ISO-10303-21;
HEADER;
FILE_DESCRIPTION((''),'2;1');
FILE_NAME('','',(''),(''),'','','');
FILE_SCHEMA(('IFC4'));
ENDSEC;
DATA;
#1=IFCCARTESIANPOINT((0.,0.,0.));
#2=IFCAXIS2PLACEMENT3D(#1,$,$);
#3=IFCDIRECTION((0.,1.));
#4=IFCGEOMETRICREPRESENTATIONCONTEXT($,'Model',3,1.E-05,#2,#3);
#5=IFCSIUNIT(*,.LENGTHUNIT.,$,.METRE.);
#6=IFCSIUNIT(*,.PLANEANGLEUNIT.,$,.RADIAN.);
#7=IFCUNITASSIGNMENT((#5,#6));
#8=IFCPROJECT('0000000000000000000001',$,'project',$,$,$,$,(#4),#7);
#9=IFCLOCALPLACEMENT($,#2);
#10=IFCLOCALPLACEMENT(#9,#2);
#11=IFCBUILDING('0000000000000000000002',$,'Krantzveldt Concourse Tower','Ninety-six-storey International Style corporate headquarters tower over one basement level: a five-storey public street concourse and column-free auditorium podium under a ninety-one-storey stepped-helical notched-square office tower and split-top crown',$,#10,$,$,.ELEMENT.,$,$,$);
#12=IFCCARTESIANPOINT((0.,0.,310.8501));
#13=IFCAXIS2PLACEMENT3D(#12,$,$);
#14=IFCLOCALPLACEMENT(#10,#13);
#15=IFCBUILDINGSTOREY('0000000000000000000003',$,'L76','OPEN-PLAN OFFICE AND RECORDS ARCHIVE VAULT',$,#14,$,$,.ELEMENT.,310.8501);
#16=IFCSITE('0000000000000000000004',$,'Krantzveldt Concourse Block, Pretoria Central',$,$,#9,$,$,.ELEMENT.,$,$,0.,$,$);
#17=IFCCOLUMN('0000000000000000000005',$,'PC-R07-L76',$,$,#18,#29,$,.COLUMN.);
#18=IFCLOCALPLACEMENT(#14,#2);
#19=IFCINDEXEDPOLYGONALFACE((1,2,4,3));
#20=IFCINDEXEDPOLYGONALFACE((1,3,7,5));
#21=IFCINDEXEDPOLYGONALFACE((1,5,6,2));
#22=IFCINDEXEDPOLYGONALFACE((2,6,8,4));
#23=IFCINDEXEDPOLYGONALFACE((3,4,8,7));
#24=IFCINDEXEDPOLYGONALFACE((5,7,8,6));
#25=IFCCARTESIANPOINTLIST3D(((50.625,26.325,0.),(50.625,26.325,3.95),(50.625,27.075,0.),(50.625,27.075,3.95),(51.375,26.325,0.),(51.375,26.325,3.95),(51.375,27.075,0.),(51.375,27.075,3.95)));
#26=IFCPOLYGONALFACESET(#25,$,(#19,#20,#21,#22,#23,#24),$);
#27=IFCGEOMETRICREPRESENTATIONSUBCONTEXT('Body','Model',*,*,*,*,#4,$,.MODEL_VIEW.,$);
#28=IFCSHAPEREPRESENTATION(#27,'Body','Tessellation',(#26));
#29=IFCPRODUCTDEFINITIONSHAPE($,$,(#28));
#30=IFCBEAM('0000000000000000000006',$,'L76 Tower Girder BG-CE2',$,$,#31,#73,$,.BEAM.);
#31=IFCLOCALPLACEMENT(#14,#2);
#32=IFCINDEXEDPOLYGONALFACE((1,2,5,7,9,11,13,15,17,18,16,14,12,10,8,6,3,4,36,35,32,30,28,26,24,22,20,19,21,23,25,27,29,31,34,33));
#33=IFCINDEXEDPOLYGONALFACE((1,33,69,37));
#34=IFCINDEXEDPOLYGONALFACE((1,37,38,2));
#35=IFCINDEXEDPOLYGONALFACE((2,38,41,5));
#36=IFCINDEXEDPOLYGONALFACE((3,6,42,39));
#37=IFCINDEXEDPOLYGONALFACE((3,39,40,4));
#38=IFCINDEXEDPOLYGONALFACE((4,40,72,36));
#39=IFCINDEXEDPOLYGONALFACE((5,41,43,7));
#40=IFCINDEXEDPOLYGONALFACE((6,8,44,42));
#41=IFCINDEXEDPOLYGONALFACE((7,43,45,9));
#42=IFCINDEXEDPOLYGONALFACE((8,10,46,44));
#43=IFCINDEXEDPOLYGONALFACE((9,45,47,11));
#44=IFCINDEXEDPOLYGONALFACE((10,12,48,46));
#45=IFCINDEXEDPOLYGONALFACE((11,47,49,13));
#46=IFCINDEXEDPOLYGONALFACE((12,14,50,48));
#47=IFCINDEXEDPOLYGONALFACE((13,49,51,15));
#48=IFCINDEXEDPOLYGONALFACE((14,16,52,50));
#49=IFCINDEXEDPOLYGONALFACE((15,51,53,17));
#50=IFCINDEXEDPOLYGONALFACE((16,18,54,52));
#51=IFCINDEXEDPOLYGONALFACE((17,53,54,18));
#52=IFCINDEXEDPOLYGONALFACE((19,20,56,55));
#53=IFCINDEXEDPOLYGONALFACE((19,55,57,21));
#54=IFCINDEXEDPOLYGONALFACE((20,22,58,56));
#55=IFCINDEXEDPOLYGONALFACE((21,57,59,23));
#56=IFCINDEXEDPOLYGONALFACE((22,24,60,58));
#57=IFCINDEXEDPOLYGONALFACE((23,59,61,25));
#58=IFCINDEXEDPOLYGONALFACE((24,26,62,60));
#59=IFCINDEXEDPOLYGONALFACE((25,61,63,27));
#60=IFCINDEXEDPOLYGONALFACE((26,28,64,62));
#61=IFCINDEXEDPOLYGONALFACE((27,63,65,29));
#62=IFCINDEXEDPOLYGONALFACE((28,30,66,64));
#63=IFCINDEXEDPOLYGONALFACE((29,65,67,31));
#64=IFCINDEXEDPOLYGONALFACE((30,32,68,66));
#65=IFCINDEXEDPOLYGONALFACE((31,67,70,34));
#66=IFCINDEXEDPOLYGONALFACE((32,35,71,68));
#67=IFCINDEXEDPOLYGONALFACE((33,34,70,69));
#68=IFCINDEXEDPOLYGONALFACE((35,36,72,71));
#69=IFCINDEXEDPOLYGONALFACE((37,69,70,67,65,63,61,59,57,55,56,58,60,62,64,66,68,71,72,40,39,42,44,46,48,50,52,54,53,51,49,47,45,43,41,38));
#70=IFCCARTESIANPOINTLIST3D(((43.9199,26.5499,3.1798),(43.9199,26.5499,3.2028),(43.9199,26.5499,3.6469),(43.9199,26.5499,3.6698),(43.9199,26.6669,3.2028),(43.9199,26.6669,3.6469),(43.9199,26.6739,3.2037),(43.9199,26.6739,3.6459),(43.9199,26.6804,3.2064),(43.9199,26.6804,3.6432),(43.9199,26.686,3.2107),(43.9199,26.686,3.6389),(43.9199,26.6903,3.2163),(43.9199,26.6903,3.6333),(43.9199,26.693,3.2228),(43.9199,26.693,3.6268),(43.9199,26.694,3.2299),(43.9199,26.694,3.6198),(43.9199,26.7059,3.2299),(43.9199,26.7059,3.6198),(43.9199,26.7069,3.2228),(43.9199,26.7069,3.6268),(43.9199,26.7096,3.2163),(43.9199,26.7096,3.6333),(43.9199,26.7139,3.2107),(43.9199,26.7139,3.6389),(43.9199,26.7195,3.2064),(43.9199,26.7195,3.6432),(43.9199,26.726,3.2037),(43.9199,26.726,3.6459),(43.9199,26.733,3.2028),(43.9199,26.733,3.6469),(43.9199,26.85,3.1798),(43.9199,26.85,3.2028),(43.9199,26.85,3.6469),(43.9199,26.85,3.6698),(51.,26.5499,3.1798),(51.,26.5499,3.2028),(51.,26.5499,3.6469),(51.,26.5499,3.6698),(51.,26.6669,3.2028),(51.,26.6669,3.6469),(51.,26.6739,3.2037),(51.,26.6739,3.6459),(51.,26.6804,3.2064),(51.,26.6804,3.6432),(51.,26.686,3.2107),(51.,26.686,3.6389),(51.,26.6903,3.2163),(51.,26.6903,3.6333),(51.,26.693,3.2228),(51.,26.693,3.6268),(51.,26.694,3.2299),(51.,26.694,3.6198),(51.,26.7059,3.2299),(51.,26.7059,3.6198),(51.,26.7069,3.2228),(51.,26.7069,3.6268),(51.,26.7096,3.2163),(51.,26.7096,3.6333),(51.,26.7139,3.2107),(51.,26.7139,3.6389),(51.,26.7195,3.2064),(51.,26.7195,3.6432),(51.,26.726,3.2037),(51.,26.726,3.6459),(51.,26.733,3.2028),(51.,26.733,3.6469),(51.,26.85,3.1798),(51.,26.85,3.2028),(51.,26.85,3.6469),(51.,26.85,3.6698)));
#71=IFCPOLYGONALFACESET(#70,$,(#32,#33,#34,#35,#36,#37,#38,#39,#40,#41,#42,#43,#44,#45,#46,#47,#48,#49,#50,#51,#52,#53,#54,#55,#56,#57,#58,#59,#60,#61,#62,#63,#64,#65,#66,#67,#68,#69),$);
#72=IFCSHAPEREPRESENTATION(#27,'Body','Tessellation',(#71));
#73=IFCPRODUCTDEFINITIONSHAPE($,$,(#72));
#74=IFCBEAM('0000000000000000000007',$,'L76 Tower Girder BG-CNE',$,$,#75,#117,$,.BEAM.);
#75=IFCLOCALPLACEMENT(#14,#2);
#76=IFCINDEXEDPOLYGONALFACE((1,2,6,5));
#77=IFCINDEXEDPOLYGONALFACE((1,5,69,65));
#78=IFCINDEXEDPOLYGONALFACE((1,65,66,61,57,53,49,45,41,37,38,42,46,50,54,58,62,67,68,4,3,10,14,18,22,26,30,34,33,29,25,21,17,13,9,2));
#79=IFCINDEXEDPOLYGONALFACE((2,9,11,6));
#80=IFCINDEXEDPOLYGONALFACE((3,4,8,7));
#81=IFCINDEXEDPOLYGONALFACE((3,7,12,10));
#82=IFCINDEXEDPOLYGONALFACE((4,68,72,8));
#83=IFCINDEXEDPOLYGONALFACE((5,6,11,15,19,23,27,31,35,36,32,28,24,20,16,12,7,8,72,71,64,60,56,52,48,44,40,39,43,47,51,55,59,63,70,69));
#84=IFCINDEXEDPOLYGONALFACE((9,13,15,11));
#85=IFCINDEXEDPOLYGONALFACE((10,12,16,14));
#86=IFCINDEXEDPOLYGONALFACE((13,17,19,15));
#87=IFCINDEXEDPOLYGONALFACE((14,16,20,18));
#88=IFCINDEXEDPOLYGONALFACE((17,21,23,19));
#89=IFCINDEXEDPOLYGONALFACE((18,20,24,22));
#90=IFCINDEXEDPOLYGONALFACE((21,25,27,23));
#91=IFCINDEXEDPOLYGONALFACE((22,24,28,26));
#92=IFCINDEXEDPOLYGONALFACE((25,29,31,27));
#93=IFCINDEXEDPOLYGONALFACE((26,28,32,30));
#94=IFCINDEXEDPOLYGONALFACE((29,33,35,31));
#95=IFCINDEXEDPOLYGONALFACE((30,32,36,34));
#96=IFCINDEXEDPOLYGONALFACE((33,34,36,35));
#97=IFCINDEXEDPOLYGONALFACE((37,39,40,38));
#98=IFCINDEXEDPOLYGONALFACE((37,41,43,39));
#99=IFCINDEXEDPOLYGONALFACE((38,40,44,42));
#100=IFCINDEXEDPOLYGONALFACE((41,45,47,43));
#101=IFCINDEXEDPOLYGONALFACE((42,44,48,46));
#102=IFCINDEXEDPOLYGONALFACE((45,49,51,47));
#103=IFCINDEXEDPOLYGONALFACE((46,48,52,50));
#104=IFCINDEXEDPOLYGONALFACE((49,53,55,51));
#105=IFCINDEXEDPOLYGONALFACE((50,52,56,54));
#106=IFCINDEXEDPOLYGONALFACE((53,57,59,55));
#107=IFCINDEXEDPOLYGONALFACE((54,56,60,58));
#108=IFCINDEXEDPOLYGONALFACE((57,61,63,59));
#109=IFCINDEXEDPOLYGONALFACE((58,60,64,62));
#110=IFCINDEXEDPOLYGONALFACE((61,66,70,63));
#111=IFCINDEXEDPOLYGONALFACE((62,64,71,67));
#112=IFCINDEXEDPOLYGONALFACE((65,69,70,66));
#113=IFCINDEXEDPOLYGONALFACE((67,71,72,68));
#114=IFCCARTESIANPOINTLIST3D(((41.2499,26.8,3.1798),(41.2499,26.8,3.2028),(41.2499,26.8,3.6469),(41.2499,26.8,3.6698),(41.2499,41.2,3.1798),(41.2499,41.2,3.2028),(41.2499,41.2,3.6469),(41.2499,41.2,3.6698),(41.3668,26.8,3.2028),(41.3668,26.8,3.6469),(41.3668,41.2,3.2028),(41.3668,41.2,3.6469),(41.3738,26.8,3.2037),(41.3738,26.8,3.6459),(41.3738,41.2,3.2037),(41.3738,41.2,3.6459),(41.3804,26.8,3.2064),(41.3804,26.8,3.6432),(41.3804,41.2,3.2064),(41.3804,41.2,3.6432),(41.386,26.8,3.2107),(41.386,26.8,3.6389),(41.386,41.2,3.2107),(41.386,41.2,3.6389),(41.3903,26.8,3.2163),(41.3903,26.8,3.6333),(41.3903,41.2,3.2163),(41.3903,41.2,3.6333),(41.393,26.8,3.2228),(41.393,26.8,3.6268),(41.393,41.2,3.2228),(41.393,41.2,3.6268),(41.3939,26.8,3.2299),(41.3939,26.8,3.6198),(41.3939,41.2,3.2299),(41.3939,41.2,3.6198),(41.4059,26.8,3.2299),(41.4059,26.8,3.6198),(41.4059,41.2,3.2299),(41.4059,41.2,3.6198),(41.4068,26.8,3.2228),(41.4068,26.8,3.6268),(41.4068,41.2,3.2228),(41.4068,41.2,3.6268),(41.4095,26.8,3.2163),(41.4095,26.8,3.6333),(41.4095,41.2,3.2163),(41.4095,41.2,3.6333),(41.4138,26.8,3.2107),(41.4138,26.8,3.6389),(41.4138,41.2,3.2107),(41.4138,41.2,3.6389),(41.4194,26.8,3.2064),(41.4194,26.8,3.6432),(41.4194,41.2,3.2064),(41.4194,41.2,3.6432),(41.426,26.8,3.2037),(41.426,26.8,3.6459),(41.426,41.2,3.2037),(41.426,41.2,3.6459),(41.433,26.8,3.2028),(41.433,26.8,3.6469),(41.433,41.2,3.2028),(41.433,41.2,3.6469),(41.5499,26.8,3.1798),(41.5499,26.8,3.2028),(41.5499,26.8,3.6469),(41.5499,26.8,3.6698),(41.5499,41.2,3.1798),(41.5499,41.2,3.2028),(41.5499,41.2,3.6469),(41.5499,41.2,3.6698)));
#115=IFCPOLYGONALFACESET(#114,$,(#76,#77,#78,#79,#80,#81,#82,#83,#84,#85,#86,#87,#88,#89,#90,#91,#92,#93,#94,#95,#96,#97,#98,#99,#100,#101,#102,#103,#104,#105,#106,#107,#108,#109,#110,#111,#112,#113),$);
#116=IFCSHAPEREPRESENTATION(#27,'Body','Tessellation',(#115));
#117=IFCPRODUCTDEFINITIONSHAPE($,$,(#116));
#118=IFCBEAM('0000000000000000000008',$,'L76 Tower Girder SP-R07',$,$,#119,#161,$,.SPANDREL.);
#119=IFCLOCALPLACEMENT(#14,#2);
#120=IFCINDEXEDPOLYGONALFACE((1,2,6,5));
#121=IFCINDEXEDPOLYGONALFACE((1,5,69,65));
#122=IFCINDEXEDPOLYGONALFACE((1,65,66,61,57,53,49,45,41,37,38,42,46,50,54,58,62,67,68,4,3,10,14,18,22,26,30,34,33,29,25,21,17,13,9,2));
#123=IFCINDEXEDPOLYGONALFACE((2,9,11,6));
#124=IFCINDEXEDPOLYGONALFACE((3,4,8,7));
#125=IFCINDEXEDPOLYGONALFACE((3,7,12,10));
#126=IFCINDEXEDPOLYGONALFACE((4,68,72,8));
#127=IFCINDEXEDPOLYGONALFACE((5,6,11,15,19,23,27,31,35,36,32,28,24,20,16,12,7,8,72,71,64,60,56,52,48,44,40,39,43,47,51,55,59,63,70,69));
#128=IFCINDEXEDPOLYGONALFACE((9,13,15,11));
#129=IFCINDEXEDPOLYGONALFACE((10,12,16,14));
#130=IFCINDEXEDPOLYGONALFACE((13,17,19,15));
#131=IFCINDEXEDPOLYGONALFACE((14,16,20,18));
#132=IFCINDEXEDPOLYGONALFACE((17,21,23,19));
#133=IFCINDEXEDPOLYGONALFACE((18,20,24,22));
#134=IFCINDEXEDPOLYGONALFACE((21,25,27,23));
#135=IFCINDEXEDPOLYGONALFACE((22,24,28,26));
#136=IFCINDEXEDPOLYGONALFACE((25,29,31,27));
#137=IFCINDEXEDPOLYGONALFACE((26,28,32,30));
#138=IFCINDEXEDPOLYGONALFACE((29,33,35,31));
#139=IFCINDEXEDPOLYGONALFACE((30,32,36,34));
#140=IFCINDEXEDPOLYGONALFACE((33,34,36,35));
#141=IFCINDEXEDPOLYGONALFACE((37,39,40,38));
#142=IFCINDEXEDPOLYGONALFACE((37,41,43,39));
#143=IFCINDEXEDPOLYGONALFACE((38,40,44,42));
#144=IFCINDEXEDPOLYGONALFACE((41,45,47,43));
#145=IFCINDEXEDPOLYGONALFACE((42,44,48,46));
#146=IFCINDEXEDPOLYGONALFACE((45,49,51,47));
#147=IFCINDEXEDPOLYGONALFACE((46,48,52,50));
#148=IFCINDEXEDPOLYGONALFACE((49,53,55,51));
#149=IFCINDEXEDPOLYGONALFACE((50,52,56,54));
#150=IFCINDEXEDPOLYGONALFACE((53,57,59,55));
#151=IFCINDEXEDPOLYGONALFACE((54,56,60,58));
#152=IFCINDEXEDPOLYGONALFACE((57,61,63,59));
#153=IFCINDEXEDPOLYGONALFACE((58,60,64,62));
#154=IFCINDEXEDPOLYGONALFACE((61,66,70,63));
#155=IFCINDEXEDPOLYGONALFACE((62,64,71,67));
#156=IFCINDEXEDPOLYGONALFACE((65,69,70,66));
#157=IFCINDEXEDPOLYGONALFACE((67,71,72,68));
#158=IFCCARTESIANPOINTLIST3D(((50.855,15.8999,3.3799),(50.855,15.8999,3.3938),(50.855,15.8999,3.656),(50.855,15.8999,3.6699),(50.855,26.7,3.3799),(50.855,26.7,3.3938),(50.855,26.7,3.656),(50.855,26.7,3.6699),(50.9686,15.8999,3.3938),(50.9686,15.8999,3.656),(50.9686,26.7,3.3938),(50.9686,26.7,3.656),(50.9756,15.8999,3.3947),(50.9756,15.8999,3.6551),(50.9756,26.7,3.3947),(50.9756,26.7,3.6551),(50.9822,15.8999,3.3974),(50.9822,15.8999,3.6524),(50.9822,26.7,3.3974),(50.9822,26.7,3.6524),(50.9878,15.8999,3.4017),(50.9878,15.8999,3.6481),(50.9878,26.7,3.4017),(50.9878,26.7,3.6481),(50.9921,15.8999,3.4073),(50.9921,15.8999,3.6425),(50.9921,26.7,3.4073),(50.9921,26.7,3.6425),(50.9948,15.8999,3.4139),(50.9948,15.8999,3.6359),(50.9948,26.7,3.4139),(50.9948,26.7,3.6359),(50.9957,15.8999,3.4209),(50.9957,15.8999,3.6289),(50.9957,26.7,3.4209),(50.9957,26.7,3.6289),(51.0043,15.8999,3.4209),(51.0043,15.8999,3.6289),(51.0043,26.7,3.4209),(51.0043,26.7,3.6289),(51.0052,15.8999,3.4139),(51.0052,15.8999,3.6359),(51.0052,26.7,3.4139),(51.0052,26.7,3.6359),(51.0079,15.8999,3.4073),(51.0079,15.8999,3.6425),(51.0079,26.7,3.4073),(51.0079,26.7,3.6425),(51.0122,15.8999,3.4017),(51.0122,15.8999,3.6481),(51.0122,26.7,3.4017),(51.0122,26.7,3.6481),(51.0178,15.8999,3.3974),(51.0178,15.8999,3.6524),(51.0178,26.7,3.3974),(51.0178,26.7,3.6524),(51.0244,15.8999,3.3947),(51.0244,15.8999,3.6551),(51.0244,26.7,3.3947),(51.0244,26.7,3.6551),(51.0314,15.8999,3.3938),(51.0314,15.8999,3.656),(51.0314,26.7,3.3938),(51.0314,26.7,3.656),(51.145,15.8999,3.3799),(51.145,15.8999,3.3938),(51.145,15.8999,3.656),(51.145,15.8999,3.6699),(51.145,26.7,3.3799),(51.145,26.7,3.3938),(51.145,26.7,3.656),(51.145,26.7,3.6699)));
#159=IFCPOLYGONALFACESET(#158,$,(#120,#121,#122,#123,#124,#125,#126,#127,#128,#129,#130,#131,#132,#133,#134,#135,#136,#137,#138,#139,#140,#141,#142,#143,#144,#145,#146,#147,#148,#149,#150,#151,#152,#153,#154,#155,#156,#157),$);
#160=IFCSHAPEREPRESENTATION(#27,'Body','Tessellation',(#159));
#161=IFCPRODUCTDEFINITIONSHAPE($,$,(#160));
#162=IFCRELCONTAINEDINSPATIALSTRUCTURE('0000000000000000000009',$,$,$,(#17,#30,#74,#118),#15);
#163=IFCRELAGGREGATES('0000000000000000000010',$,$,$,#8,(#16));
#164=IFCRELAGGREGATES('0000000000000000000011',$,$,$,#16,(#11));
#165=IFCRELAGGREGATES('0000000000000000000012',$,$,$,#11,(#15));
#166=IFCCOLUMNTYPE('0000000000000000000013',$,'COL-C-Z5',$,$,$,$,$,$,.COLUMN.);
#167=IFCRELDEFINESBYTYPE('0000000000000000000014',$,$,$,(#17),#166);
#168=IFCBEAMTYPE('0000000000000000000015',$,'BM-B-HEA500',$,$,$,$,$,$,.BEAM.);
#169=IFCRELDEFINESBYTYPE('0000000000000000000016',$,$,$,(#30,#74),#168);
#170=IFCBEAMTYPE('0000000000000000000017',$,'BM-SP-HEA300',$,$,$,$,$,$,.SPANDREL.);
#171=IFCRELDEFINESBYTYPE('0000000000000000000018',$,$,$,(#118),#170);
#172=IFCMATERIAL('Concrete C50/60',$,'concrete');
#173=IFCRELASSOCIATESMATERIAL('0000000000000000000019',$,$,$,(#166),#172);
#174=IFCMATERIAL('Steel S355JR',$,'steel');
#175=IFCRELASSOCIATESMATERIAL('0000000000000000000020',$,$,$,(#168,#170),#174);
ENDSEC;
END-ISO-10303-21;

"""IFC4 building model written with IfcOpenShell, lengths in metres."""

from ifc_helpers import new_model, si_unit, direction, frame, origin, origin_2d, place, context, subcontext, project, spatial, rectangle, i_section, extrude, source, transform, mapped, material, material_profile, profile_set, type_object, type_shapes, element, save


model = new_model("IFC4")

# Units and contexts
model_context = context("Model", 3, precision=1e-05, world=origin(), true_north=direction((0.0, 1.0)))
body_context = subcontext(model_context, "Body", "Model", "MODEL_VIEW")
ifc_project = project(units=[si_unit("LENGTHUNIT", "METRE"), si_unit("PLANEANGLEUNIT", "RADIAN")], contexts=[model_context])

# Site, building, storey
site_placement = place(None, origin())
site = spatial("IfcSite", under=ifc_project, at=site_placement, Name="Krantzveldt Concourse Block, Pretoria Central", CompositionType="ELEMENT", RefElevation=0.0)
building_placement = place(site_placement, origin())
building = spatial("IfcBuilding", under=site, at=building_placement, Name="Krantzveldt Concourse Tower", Description="Ninety-six-storey International Style corporate headquarters tower over one basement level: a five-storey public street concourse and column-free auditorium podium under a ninety-one-storey stepped-helical notched-square office tower and split-top crown", CompositionType="ELEMENT")
storey_placement = place(building_placement, frame((0.0, 0.0, 310.8501)))
storey = spatial("IfcBuildingStorey", under=building, at=storey_placement, Name="L76", Description="OPEN-PLAN OFFICE AND RECORDS ARCHIVE VAULT", CompositionType="ELEMENT", Elevation=310.8501)

# Column
ifc_material_1 = material(Name="Concrete C50/60", Category="concrete")
ifc_material_profile_1 = material_profile(ifc_material_1, rectangle(XDim=0.75, YDim=0.75, at=origin_2d()), Name="Concrete C50/60", Category="concrete")
ifc_profile_set_1 = profile_set([ifc_material_profile_1], Name="Concrete C50/60 - RC 750x750")
column_type = type_object("IfcColumnType", Name="COL-C-Z5", PredefinedType="COLUMN", material=ifc_profile_set_1)
shared_shape_1 = source(origin(), body_context, "Body", "SweptSolid", [
    extrude(rectangle(XDim=0.75, YDim=0.75, at=origin_2d()), origin(), (0.0, 0.0, 1.0), 3.95),
])
type_shapes(column_type, [shared_shape_1])
column_placement = place(storey_placement, frame((51.0, 26.7, 0.0), z_axis=(0.0, 0.0, 1.0), x_axis=(1.0, 0.0, 0.0)))
element("IfcColumn", 1, at=column_placement, inside=storey, type_object=column_type, Name="PC-R07-L76", PredefinedType="COLUMN", context=body_context, shape_type="MappedRepresentation", body=[
    mapped(shared_shape_1, transform((0.0, 0.0, 0.0), x_axis=(1.0, 0.0, 0.0), y_axis=(0.0, 1.0, 0.0), z_axis=(0.0, 0.0, 1.0), scale=1.0)),
])

# Beams
ifc_material_2 = material(Name="Steel S355JR", Category="steel")
ifc_material_profile_2 = material_profile(ifc_material_2, i_section(OverallWidth=0.3, OverallDepth=0.49, WebThickness=0.012, FlangeThickness=0.0229, FilletRadius=0.0271, at=origin_2d()), Name="Steel S355JR", Category="steel")
ifc_profile_set_2 = profile_set([ifc_material_profile_2], Name="Steel S355JR - HEA 500")
beam_type_1 = type_object("IfcBeamType", Name="BM-B-HEA500", PredefinedType="BEAM", material=ifc_profile_set_2)
shared_shape_2 = source(origin(), body_context, "Body", "SweptSolid", [
    extrude(i_section(OverallWidth=0.3, OverallDepth=0.49, WebThickness=0.012, FlangeThickness=0.0229, FilletRadius=0.0271, at=origin_2d()), origin(), (0.0, 0.0, 1.0), 7.0801),
])
beam_1_placement = place(storey_placement, frame((43.9199, 26.7, 3.4248), z_axis=(1.0, 0.0, 0.0), x_axis=(0.0, 1.0, 0.0)))
element("IfcBeam", 2, at=beam_1_placement, inside=storey, type_object=beam_type_1, Name="L76 Tower Girder BG-CE2", PredefinedType="BEAM", context=body_context, shape_type="MappedRepresentation", body=[
    mapped(shared_shape_2, transform((0.0, 0.0, 0.0), x_axis=(1.0, 0.0, 0.0), y_axis=(0.0, 1.0, 0.0), z_axis=(0.0, 0.0, 1.0), scale=1.0)),
])
shared_shape_3 = source(origin(), body_context, "Body", "SweptSolid", [
    extrude(i_section(OverallWidth=0.3, OverallDepth=0.49, WebThickness=0.012, FlangeThickness=0.0229, FilletRadius=0.0271, at=origin_2d()), origin(), (0.0, 0.0, 1.0), 14.3999),
])
type_shapes(beam_type_1, [shared_shape_2, shared_shape_3])
beam_2_placement = place(storey_placement, frame((41.3999, 26.8, 3.4248), z_axis=(0.0, 1.0, 0.0), x_axis=(-1.0, 0.0, 0.0)))
element("IfcBeam", 3, at=beam_2_placement, inside=storey, type_object=beam_type_1, Name="L76 Tower Girder BG-CNE", PredefinedType="BEAM", context=body_context, shape_type="MappedRepresentation", body=[
    mapped(shared_shape_3, transform((0.0, 0.0, 0.0), x_axis=(1.0, 0.0, 0.0), y_axis=(0.0, 1.0, 0.0), z_axis=(0.0, 0.0, 1.0), scale=1.0)),
])
ifc_material_profile_3 = material_profile(ifc_material_2, i_section(OverallWidth=0.29, OverallDepth=0.29, WebThickness=0.0085, FlangeThickness=0.0139, FilletRadius=0.0271, at=origin_2d()), Name="Steel S355JR", Category="steel")
ifc_profile_set_3 = profile_set([ifc_material_profile_3], Name="Steel S355JR - HEA 300")
beam_type_2 = type_object("IfcBeamType", Name="BM-SP-HEA300", PredefinedType="SPANDREL", material=ifc_profile_set_3)
shared_shape_4 = source(origin(), body_context, "Body", "SweptSolid", [
    extrude(i_section(OverallWidth=0.29, OverallDepth=0.29, WebThickness=0.0085, FlangeThickness=0.0139, FilletRadius=0.0271, at=origin_2d()), origin(), (0.0, 0.0, 1.0), 10.8),
])
type_shapes(beam_type_2, [shared_shape_4])
beam_3_placement = place(storey_placement, frame((51.0, 26.7, 3.5249), z_axis=(0.0, -1.0, 0.0), x_axis=(1.0, 0.0, 0.0)))
element("IfcBeam", 4, at=beam_3_placement, inside=storey, type_object=beam_type_2, Name="L76 Tower Girder SP-R07", PredefinedType="SPANDREL", context=body_context, shape_type="MappedRepresentation", body=[
    mapped(shared_shape_4, transform((0.0, 0.0, 0.0), x_axis=(1.0, 0.0, 0.0), y_axis=(0.0, 1.0, 0.0), z_axis=(0.0, 0.0, 1.0), scale=1.0)),
])

save(model, "model.ifc")
